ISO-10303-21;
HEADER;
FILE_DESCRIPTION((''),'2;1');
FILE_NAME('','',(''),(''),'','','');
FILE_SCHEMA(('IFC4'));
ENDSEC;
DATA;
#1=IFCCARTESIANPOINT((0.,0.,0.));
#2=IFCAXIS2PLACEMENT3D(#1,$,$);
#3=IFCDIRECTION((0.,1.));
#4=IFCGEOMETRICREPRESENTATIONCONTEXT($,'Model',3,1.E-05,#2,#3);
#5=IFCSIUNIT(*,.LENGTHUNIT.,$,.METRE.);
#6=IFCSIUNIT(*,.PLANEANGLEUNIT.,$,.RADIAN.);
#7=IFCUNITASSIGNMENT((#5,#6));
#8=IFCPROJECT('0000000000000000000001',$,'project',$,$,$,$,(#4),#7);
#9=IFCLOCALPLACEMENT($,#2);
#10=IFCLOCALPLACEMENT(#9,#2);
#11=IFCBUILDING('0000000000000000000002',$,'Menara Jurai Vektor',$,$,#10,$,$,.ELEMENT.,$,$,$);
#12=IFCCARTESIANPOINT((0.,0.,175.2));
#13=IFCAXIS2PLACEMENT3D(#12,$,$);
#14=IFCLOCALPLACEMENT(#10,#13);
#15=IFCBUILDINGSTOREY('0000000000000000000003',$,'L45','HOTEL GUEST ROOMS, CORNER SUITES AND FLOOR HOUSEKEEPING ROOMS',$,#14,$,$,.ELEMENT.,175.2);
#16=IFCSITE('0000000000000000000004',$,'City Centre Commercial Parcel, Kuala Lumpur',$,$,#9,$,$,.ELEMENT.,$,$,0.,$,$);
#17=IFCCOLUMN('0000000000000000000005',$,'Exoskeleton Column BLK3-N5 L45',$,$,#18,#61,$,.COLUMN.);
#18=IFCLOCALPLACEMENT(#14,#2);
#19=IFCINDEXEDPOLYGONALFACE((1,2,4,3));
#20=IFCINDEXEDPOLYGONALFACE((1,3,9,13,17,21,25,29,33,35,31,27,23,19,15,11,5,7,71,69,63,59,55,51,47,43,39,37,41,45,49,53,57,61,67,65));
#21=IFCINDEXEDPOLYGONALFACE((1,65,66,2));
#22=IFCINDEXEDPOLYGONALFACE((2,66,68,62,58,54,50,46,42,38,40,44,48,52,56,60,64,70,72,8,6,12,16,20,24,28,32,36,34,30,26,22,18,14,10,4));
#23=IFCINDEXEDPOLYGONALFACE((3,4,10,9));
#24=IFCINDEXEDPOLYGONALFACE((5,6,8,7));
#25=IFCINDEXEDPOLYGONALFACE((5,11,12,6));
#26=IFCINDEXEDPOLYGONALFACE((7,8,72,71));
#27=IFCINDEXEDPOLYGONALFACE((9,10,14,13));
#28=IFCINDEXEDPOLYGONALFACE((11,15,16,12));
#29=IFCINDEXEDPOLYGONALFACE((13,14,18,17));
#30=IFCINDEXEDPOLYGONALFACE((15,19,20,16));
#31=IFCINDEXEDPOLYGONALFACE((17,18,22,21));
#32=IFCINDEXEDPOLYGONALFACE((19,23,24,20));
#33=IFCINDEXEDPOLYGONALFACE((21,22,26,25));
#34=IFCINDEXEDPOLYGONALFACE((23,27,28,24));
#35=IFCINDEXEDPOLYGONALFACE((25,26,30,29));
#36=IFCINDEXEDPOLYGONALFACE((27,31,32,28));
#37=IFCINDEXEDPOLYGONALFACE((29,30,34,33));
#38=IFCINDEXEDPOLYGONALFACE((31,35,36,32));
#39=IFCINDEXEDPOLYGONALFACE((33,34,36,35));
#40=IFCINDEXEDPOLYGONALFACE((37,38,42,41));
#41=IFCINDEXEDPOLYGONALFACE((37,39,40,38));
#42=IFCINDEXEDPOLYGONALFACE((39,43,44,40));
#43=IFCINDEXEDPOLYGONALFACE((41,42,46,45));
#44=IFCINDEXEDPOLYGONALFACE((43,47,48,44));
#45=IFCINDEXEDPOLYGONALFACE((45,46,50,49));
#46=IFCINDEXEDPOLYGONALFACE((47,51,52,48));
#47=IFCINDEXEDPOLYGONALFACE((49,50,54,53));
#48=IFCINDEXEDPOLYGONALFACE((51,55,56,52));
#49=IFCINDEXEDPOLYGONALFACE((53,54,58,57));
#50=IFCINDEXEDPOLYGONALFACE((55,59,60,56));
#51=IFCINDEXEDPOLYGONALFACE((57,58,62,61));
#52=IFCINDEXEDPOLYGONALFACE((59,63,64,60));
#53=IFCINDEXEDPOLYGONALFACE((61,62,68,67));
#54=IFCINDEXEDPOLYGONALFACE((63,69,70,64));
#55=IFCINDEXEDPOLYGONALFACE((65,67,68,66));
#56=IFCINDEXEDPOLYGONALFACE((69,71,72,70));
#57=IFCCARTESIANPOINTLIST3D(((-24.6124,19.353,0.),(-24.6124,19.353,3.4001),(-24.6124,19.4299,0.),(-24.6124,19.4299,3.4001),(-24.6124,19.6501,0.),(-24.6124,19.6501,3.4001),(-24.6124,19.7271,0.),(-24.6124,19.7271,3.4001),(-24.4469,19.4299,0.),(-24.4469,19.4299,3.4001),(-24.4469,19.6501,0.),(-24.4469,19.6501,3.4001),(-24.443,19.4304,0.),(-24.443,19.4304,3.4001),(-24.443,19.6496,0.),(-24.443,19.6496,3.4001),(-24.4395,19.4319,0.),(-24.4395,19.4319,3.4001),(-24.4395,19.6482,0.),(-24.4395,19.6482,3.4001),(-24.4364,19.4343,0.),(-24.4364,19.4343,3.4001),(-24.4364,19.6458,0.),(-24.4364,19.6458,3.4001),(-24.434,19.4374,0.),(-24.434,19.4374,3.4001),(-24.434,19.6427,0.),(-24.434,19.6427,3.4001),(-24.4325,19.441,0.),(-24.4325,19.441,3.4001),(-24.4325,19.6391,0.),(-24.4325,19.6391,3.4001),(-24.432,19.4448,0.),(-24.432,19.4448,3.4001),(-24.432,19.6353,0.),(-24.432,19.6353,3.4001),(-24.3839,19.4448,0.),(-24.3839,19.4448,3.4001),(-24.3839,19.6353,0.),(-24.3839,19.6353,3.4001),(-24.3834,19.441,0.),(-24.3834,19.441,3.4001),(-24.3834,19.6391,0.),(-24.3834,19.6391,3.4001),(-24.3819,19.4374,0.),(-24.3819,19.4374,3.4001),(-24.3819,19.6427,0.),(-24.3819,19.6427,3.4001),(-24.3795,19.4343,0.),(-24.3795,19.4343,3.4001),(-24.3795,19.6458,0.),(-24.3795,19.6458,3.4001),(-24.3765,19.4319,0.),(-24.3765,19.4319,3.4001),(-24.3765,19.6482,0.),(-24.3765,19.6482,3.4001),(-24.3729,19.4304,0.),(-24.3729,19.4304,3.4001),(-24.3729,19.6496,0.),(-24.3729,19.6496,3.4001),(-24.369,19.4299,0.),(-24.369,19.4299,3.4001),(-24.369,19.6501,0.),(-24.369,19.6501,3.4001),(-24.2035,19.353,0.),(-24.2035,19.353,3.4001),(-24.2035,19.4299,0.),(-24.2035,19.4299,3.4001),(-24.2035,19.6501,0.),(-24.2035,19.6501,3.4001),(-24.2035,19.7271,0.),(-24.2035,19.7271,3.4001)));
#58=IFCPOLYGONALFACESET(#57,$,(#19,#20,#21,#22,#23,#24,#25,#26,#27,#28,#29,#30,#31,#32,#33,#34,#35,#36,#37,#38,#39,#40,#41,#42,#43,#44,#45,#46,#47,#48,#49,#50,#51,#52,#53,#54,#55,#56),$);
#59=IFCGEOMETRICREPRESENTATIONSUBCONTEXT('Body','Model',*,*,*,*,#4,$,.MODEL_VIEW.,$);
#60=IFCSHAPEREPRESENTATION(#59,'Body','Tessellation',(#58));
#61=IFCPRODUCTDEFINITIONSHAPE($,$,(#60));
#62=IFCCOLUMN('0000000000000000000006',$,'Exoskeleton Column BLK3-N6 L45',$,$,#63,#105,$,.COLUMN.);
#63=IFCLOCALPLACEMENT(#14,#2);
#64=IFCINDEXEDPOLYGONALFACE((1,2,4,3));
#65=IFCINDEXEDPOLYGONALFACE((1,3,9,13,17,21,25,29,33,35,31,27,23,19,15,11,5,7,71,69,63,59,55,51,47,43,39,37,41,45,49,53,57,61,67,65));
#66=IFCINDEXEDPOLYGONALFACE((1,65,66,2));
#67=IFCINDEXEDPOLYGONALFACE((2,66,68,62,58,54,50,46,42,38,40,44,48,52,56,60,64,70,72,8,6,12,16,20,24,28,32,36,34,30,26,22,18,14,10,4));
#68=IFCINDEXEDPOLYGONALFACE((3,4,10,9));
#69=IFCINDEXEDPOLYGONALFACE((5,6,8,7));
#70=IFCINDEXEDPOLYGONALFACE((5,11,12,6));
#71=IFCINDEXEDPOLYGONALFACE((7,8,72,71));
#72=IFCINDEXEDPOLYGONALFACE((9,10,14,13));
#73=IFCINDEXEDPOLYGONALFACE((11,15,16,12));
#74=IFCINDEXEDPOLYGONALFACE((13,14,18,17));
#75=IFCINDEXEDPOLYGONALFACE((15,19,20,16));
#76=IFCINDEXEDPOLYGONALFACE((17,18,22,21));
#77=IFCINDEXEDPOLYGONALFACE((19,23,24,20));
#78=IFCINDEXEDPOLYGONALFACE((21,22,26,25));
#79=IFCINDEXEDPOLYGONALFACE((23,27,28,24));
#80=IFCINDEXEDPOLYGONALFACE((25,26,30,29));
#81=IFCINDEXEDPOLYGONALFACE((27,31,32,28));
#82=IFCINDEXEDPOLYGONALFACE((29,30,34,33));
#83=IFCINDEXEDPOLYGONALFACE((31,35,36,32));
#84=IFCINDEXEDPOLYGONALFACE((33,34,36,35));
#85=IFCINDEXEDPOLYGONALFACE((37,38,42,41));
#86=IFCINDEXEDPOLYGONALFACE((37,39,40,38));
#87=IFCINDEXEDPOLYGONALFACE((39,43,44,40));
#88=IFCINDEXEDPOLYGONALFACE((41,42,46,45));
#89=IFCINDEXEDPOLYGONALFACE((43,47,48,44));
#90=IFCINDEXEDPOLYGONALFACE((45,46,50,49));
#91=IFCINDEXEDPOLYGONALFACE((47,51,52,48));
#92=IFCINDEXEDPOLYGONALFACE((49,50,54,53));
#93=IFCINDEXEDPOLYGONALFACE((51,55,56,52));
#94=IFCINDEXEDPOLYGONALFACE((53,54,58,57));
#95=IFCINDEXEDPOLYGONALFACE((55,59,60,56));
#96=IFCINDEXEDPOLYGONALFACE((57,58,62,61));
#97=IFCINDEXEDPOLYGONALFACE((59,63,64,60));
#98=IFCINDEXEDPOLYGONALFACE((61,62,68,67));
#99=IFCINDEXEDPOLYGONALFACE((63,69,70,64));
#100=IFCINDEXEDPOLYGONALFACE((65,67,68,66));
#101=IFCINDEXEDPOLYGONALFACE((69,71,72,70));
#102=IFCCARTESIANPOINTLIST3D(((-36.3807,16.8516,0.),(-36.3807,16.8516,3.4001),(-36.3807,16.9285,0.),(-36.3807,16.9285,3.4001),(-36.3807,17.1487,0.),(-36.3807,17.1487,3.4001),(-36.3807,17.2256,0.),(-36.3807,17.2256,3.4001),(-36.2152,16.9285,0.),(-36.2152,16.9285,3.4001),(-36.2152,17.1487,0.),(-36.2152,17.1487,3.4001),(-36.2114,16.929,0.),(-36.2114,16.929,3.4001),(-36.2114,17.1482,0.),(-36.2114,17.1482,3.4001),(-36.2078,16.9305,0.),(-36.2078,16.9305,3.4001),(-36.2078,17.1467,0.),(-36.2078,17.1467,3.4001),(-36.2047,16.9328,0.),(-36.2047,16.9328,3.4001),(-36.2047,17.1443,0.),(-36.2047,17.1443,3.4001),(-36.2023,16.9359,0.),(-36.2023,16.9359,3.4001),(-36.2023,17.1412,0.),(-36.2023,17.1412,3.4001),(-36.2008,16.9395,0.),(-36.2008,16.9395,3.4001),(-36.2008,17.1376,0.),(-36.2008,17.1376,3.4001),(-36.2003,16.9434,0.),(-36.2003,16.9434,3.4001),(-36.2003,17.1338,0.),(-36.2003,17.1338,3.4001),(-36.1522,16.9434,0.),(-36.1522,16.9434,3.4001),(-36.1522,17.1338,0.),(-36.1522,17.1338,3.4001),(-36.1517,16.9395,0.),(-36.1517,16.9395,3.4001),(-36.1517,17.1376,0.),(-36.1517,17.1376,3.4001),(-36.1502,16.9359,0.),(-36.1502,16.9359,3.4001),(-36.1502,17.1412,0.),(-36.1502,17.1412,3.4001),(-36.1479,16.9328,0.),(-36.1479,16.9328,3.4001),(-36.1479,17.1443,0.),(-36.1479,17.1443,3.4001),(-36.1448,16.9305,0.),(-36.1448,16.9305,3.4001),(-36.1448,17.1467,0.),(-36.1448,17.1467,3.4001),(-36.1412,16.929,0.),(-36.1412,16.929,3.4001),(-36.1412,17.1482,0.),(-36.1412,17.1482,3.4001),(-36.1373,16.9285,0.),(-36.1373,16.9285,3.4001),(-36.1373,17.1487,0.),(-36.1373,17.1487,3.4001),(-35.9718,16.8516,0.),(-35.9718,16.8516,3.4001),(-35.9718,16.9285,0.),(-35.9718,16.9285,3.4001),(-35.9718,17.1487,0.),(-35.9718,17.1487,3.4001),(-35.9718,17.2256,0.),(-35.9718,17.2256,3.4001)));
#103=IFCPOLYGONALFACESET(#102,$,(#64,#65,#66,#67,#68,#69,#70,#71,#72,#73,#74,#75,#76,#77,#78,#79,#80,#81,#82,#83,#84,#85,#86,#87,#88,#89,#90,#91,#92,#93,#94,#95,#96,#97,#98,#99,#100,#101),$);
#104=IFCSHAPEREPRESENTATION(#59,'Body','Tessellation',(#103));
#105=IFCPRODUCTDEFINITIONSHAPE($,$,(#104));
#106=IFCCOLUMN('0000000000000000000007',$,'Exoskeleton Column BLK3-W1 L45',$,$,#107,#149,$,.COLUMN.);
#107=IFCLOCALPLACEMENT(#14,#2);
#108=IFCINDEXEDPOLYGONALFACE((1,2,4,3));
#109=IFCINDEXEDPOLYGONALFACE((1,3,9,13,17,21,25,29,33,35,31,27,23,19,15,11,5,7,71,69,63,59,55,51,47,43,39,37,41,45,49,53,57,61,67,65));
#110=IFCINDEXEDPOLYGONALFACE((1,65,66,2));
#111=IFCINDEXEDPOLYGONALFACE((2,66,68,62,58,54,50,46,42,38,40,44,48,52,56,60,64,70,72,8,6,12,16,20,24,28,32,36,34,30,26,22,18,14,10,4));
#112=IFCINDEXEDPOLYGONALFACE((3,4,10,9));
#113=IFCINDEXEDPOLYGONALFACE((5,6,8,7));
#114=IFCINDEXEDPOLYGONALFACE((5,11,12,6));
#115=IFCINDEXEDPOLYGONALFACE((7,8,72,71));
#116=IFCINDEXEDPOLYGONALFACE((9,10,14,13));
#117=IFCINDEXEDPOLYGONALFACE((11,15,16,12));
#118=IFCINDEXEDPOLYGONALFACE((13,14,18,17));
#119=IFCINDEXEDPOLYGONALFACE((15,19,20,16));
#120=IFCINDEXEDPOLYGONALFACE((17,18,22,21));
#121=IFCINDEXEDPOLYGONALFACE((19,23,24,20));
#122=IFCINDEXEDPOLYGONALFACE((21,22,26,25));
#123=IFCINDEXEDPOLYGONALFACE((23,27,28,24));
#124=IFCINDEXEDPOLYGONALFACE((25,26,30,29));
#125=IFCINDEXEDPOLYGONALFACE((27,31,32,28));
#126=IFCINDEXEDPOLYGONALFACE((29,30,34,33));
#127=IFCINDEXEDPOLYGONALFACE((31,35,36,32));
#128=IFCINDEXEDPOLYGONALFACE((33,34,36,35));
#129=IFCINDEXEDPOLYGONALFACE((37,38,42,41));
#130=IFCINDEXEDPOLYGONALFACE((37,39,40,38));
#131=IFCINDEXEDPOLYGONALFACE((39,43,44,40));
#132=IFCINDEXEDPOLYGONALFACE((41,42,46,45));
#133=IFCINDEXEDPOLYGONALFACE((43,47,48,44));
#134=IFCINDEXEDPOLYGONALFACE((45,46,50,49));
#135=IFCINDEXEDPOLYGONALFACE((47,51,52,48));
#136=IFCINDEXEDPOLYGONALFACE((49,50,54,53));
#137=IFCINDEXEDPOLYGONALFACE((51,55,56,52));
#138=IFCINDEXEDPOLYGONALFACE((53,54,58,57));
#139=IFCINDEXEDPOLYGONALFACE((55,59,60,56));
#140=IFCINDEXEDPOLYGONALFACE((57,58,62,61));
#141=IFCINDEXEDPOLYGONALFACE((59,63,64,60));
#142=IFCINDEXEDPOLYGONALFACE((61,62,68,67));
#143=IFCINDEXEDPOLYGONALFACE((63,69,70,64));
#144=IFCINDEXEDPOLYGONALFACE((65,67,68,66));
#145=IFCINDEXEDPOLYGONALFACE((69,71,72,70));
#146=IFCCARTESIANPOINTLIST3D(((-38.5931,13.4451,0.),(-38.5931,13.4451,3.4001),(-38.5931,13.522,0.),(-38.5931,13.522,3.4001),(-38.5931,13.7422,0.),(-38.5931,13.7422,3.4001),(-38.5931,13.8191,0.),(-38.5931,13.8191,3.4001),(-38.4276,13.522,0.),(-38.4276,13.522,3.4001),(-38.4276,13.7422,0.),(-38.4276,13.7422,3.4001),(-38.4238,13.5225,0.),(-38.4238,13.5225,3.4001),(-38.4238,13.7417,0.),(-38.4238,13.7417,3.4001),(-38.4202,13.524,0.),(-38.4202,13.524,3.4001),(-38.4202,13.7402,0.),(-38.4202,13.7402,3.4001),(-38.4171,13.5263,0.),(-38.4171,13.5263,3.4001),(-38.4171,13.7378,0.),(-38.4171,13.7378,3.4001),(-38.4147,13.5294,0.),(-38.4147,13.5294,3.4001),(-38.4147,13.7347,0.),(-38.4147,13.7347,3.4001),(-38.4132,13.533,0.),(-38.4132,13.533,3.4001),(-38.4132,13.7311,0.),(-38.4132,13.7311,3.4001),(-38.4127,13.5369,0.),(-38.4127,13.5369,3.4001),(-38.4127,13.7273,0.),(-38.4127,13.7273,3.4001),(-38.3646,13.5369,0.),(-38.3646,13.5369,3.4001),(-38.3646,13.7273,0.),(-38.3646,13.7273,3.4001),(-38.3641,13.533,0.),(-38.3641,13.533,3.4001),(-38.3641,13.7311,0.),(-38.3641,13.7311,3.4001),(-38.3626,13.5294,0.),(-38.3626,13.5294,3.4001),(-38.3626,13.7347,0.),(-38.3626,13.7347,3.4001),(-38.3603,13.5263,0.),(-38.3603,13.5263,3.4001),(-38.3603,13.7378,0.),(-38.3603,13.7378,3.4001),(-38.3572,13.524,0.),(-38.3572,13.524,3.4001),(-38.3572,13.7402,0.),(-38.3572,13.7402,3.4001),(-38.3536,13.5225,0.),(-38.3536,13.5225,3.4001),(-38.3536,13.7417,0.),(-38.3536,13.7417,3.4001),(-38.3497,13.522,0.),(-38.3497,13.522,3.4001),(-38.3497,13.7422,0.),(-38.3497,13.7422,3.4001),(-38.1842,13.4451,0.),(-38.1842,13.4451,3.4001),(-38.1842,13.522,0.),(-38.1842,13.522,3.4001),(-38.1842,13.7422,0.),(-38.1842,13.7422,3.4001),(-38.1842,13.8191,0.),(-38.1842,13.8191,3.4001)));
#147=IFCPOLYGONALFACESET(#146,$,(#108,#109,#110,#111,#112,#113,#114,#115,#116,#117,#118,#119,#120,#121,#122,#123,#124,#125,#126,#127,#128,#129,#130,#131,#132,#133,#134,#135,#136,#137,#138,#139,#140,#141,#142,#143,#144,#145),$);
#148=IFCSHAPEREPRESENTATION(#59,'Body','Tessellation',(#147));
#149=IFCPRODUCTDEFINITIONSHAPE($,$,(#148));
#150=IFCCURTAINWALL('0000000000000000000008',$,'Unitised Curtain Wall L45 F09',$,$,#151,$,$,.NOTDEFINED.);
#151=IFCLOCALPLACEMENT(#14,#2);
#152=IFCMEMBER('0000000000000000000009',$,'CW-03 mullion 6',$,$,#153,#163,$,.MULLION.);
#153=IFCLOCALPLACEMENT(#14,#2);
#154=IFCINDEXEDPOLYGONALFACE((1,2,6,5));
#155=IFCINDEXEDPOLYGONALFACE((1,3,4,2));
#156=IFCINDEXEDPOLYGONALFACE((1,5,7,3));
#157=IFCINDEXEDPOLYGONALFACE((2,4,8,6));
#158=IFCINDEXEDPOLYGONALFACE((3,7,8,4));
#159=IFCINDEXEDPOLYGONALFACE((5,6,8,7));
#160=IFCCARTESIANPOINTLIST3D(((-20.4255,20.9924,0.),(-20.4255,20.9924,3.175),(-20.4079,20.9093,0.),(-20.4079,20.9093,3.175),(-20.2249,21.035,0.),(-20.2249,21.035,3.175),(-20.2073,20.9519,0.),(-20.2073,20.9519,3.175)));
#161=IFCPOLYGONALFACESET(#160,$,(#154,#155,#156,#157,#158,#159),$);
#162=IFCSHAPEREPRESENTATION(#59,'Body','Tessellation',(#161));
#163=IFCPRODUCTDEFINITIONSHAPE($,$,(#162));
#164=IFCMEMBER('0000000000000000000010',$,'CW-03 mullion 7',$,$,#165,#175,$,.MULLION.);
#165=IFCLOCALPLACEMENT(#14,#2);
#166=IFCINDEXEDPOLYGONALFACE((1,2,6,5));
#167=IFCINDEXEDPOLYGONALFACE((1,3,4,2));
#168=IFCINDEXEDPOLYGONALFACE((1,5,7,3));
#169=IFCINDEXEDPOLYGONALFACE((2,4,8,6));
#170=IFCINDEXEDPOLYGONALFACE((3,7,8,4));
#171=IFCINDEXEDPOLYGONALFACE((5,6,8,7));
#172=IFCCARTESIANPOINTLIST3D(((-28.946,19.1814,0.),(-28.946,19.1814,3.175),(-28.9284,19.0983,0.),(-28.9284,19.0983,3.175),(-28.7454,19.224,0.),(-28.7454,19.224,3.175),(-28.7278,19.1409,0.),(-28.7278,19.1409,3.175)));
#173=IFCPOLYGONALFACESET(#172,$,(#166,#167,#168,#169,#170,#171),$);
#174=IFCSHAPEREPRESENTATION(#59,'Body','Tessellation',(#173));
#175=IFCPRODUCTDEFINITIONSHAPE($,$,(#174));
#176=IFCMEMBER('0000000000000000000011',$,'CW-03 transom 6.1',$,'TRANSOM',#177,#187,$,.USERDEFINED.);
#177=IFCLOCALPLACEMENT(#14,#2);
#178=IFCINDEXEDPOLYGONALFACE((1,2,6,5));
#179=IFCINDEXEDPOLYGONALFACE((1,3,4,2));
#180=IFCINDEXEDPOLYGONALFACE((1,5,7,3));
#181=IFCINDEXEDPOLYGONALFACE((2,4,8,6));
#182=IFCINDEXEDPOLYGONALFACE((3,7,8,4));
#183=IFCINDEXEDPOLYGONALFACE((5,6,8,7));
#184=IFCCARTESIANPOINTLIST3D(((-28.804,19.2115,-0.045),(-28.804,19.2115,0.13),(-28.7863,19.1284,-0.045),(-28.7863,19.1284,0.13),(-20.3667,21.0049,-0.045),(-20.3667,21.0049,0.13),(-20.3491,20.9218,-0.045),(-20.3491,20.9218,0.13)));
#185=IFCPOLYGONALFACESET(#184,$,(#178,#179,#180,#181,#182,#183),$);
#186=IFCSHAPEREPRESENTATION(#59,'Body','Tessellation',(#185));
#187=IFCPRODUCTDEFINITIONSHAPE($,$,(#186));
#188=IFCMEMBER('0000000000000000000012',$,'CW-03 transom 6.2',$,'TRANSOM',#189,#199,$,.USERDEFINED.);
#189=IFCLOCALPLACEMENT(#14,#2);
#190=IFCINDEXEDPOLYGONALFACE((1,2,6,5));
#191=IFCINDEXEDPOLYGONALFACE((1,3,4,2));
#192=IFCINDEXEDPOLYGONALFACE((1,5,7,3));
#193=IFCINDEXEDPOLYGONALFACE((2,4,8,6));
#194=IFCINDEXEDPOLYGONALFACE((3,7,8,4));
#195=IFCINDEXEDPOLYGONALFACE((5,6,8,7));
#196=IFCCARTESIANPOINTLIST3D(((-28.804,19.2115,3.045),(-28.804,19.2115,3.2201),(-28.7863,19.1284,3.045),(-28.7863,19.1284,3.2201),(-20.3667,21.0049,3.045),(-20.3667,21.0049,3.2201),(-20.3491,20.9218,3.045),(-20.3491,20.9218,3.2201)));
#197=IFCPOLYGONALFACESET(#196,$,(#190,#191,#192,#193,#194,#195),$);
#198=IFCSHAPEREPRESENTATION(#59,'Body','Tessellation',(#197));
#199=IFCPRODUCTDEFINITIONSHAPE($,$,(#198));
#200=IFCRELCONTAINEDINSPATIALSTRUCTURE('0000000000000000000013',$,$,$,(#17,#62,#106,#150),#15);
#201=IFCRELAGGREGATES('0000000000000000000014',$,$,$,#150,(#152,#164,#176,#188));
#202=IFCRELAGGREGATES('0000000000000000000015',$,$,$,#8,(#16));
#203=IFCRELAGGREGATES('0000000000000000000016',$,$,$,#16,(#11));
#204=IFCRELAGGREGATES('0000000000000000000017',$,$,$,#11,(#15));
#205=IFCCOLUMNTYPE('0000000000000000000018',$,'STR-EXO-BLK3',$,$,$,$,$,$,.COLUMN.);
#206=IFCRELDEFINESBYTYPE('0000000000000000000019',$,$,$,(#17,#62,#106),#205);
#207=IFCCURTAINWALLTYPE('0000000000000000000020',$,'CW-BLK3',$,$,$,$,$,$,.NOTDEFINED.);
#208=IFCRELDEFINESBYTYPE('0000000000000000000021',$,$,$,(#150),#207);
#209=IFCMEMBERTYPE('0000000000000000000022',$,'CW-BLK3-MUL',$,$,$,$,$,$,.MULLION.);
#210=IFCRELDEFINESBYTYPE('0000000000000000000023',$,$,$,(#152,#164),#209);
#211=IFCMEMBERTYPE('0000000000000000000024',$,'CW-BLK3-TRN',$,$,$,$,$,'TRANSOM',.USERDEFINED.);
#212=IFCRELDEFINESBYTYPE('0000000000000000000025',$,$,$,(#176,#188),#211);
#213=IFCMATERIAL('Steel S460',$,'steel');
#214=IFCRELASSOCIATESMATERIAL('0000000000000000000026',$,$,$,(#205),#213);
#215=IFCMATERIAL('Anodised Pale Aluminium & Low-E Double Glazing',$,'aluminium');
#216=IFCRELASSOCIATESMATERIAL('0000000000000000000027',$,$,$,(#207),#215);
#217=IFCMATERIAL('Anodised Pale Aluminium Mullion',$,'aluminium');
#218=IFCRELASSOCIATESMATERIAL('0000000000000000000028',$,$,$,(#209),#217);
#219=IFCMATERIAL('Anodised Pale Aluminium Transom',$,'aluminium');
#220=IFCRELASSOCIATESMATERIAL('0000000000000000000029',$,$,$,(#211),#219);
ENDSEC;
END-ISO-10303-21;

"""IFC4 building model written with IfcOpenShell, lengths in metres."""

from ifc_helpers import new_model, si_unit, direction, frame, origin, origin_2d, place, context, subcontext, project, spatial, rectangle, i_section, extrude, material, material_profile, profile_set, type_object, element, aggregate, save


model = new_model("IFC4")

# Units and contexts
model_context = context("Model", 3, precision=1e-05, world=origin(), true_north=direction((0.0, 1.0)))
body_context = subcontext(model_context, "Body", "Model", "MODEL_VIEW")
ifc_project = project(units=[si_unit("LENGTHUNIT", "METRE"), si_unit("PLANEANGLEUNIT", "RADIAN")], contexts=[model_context])

# Site, building, storey
site_placement = place(None, origin())
site = spatial("IfcSite", under=ifc_project, at=site_placement, Name="City Centre Commercial Parcel, Kuala Lumpur", CompositionType="ELEMENT", RefElevation=0.0)
building_placement = place(site_placement, origin())
building = spatial("IfcBuilding", under=site, at=building_placement, Name="Menara Jurai Vektor", CompositionType="ELEMENT")
storey_placement = place(building_placement, frame((0.0, 0.0, 175.2)))
storey = spatial("IfcBuildingStorey", under=building, at=storey_placement, Name="L45", Description="HOTEL GUEST ROOMS, CORNER SUITES AND FLOOR HOUSEKEEPING ROOMS", CompositionType="ELEMENT", Elevation=175.2)

# Columns
ifc_material_1 = material(Name="Steel S460", Category="steel")
ifc_material_profile_1 = material_profile(ifc_material_1, i_section(OverallWidth=0.4089, OverallDepth=0.374, WebThickness=0.0481, FlangeThickness=0.0769, FilletRadius=0.0149, at=origin_2d()), Name="HD 400x634")
ifc_profile_set_1 = profile_set([ifc_material_profile_1], Name="Steel S460")
column_type = type_object("IfcColumnType", Name="STR-EXO-BLK3", PredefinedType="COLUMN", material=ifc_profile_set_1)
for number, where, z_axis, x_axis, name in (
    (1, (-24.408, 19.54, 0.0), (0.0, 0.0, 1.0), (1.0, 0.0, 0.0), "Exoskeleton Column BLK3-N5 L45"),
    (2, (-36.1763, 17.0386, 0.0), (0.0, 0.0, 1.0), (1.0, 0.0, 0.0), "Exoskeleton Column BLK3-N6 L45"),
    (3, (-38.3887, 13.6321, 0.0), (0.0, 0.0, 1.0), (1.0, 0.0, 0.0), "Exoskeleton Column BLK3-W1 L45"),
):
    element("IfcColumn", number, at=place(storey_placement, frame(where, z_axis=z_axis, x_axis=x_axis)), inside=storey, type_object=column_type, Name=name, PredefinedType="COLUMN", context=body_context, shape_type="SweptSolid", body=[
        extrude(i_section(OverallWidth=0.4089, OverallDepth=0.374, WebThickness=0.0481, FlangeThickness=0.0769, FilletRadius=0.0149, at=origin_2d()), origin(), (0.0, 0.0, 1.0), 3.4001),
    ])

# Curtain wall, members
ifc_material_2 = material(Name="Anodised Pale Aluminium & Low-E Double Glazing", Category="aluminium")
curtain_wall_type = type_object("IfcCurtainWallType", Name="CW-BLK3", PredefinedType="NOTDEFINED", material=ifc_material_2)
curtain_wall_placement = place(storey_placement, origin())
curtain_wall = element("IfcCurtainWall", 4, at=curtain_wall_placement, inside=storey, type_object=curtain_wall_type, Name="Unitised Curtain Wall L45 F09", PredefinedType="NOTDEFINED")
ifc_material_3 = material(Name="Anodised Pale Aluminium Mullion", Category="aluminium")
ifc_material_profile_2 = material_profile(ifc_material_3, rectangle(XDim=0.085, YDim=0.2051, at=origin_2d()), Name="ALU MUL 85x205")
ifc_profile_set_2 = profile_set([ifc_material_profile_2], Name="Anodised Pale Aluminium Mullion")
member_type_1 = type_object("IfcMemberType", Name="CW-BLK3-MUL", PredefinedType="MULLION", material=ifc_profile_set_2)
member_1_placement = place(storey_placement, frame((-20.3164, 20.9722, 0.0), z_axis=(0.0, 0.0, 1.0), x_axis=(0.207911, -0.978148, 0.0)))
member_1 = element("IfcMember", 5, at=member_1_placement, type_object=member_type_1, Name="CW-03 mullion 6", PredefinedType="MULLION", context=body_context, shape_type="SweptSolid", body=[
    extrude(rectangle(XDim=0.085, YDim=0.2051, at=origin_2d()), origin(), (0.0, 0.0, 1.0), 3.175),
])
member_2_placement = place(storey_placement, frame((-28.8369, 19.1611, 0.0), z_axis=(0.0, 0.0, 1.0), x_axis=(0.207911, -0.978148, 0.0)))
member_2 = element("IfcMember", 6, at=member_2_placement, type_object=member_type_1, Name="CW-03 mullion 7", PredefinedType="MULLION", context=body_context, shape_type="SweptSolid", body=[
    extrude(rectangle(XDim=0.085, YDim=0.2051, at=origin_2d()), origin(), (0.0, 0.0, 1.0), 3.175),
])
ifc_material_4 = material(Name="Anodised Pale Aluminium Transom", Category="aluminium")
ifc_material_profile_3 = material_profile(ifc_material_4, rectangle(XDim=0.085, YDim=0.175, at=origin_2d()), Name="ALU TRN 85x175")
ifc_profile_set_3 = profile_set([ifc_material_profile_3], Name="Anodised Pale Aluminium Transom")
member_type_2 = type_object("IfcMemberType", Name="CW-BLK3-TRN", ElementType="TRANSOM", PredefinedType="USERDEFINED", material=ifc_profile_set_3)
member_3_placement = place(storey_placement, frame((-20.3579, 20.9634, 0.0425), z_axis=(-0.978146, -0.207919, 0.0), x_axis=(0.207919, -0.978146, 0.0)))
member_3 = element("IfcMember", 7, at=member_3_placement, type_object=member_type_2, Name="CW-03 transom 6.1", ObjectType="TRANSOM", PredefinedType="USERDEFINED", context=body_context, shape_type="SweptSolid", body=[
    extrude(rectangle(XDim=0.085, YDim=0.175, at=origin_2d()), origin(), (0.0, 0.0, 1.0), 8.6257),
])
member_4_placement = place(storey_placement, frame((-20.3579, 20.9634, 3.1326), z_axis=(-0.978146, -0.207919, 0.0), x_axis=(0.207919, -0.978146, 0.0)))
member_4 = element("IfcMember", 8, at=member_4_placement, type_object=member_type_2, Name="CW-03 transom 6.2", ObjectType="TRANSOM", PredefinedType="USERDEFINED", context=body_context, shape_type="SweptSolid", body=[
    extrude(rectangle(XDim=0.085, YDim=0.175, at=origin_2d()), origin(), (0.0, 0.0, 1.0), 8.6257),
])

aggregate(curtain_wall, [member_1, member_2, member_3, member_4])

save(model, "model.ifc")
